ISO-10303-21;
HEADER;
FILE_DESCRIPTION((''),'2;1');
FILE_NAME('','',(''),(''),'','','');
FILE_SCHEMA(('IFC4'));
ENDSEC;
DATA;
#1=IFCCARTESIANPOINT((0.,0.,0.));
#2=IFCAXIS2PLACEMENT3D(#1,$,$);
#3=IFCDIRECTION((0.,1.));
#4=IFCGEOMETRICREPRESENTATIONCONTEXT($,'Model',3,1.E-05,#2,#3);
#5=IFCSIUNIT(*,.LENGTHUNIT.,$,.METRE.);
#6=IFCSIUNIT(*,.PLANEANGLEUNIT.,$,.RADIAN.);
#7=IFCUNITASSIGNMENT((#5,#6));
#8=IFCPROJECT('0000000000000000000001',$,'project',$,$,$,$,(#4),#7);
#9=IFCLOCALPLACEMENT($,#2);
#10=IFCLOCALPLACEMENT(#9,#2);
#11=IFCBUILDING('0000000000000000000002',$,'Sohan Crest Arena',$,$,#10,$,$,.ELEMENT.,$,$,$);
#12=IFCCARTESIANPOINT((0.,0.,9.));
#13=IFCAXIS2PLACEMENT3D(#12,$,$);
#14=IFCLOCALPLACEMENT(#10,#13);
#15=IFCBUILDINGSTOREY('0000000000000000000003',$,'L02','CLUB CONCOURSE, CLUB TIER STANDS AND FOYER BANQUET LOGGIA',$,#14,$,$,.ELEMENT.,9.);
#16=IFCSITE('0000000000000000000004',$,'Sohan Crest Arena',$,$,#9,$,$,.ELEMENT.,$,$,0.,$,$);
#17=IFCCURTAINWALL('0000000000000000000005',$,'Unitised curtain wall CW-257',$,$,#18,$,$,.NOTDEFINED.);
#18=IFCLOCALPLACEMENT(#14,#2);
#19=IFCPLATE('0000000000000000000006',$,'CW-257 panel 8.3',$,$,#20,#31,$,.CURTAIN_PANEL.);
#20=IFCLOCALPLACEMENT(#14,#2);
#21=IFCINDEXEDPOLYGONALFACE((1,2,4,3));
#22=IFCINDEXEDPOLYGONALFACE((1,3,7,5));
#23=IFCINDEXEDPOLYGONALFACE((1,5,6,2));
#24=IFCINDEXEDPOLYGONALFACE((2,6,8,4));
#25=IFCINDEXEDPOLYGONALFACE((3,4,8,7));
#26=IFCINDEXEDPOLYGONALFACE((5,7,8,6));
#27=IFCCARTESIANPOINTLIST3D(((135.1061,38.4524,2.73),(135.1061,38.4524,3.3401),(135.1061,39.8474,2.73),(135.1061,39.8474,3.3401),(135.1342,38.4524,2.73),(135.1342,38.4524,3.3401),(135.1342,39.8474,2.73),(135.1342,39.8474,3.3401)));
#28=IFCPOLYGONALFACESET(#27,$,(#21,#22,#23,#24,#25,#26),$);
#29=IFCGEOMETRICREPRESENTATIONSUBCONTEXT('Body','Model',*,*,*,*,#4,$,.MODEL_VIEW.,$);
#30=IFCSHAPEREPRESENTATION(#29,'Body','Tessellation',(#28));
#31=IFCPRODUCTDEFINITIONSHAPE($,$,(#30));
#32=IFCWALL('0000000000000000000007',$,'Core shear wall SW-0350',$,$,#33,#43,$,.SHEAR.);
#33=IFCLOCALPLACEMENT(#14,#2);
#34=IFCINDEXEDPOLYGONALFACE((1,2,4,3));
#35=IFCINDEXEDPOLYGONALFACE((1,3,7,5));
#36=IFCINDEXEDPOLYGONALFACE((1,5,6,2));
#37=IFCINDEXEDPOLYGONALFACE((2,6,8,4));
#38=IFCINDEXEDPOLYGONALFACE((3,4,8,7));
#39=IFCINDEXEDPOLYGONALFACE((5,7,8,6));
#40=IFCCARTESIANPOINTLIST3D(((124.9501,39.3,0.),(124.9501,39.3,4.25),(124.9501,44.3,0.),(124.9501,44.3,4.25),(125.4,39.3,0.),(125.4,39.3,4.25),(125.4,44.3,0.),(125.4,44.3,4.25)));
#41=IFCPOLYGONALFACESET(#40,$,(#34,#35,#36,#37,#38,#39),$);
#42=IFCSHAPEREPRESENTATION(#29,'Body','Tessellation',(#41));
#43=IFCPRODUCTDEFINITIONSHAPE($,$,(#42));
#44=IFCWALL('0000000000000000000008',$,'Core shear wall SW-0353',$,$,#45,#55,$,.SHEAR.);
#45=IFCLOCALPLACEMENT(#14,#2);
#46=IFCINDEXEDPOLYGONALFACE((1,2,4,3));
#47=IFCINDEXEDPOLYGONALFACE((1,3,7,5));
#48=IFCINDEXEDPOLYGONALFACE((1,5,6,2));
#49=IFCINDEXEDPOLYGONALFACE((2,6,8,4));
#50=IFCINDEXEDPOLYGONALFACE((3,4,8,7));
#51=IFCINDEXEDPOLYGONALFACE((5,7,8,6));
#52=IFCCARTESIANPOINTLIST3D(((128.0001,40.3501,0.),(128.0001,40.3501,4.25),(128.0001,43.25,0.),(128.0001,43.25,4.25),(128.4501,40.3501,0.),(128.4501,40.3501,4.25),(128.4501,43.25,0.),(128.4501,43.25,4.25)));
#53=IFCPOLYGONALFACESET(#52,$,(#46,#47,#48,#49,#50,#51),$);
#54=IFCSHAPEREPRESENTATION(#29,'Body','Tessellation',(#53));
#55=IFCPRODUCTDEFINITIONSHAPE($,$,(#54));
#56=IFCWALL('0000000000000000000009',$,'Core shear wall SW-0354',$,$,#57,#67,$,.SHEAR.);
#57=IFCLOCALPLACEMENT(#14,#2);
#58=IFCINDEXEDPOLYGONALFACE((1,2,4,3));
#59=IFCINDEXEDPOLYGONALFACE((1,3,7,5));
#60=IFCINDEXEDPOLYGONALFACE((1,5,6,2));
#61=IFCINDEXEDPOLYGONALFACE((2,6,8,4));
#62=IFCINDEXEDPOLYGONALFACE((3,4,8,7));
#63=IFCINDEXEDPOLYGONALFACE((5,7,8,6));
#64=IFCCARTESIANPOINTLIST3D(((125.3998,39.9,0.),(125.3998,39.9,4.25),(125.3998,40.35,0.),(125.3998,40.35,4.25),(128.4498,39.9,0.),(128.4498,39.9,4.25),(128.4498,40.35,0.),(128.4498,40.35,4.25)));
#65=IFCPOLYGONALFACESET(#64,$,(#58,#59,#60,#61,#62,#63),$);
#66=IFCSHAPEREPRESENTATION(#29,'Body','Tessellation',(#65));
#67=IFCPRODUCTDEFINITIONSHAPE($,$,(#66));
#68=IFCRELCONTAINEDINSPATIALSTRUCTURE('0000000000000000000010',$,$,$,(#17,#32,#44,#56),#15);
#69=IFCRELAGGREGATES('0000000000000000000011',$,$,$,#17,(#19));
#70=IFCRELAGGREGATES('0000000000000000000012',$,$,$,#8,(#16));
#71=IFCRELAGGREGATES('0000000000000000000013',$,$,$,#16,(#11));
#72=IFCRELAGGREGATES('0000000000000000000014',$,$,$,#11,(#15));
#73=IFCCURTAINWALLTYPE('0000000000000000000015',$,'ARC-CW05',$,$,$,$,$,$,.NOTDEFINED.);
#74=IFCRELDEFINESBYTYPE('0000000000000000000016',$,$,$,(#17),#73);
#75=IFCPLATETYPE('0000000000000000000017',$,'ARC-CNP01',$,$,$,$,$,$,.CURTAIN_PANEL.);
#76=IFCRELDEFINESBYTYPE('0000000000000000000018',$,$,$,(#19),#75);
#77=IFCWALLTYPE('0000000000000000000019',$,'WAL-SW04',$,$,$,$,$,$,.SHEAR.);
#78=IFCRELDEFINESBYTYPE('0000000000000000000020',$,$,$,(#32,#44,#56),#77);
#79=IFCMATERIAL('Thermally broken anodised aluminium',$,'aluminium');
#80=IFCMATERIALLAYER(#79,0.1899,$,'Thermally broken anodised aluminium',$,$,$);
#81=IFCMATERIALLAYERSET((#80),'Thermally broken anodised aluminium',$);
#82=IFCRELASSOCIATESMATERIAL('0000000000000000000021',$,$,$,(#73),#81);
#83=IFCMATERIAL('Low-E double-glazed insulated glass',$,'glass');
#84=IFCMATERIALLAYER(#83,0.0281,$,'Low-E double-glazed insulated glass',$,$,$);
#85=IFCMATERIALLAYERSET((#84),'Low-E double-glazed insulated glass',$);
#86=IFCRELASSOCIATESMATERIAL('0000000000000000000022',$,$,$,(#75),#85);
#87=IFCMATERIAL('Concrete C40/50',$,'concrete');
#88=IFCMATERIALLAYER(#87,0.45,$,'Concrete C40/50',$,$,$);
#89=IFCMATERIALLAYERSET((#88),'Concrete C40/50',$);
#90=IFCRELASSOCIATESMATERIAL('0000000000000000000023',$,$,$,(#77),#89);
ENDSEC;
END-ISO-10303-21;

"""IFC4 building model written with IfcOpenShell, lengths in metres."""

from ifc_helpers import new_model, si_unit, direction, frame, frame_2d, origin, origin_2d, place, context, subcontext, project, spatial, rectangle, extrude, material, layer, layer_set, type_object, element, aggregate, save


model = new_model("IFC4")

# Units and contexts
model_context = context("Model", 3, precision=1e-05, world=origin(), true_north=direction((0.0, 1.0)))
body_context = subcontext(model_context, "Body", "Model", "MODEL_VIEW")
ifc_project = project(units=[si_unit("LENGTHUNIT", "METRE"), si_unit("PLANEANGLEUNIT", "RADIAN")], contexts=[model_context])

# Site, building, storey
site_placement = place(None, origin())
site = spatial("IfcSite", under=ifc_project, at=site_placement, Name="Sohan Crest Arena", CompositionType="ELEMENT", RefElevation=0.0)
building_placement = place(site_placement, origin())
building = spatial("IfcBuilding", under=site, at=building_placement, Name="Sohan Crest Arena", CompositionType="ELEMENT")
storey_placement = place(building_placement, frame((0.0, 0.0, 9.0)))
storey = spatial("IfcBuildingStorey", under=building, at=storey_placement, Name="L02", Description="CLUB CONCOURSE, CLUB TIER STANDS AND FOYER BANQUET LOGGIA", CompositionType="ELEMENT", Elevation=9.0)

# Curtain wall
ifc_material_1 = material(Name="Thermally broken anodised aluminium", Category="aluminium")
ifc_layer_1 = layer(ifc_material_1, 0.1899, Name="Thermally broken anodised aluminium")
ifc_layer_set_1 = layer_set([ifc_layer_1], Name="Thermally broken anodised aluminium")
curtain_wall_type = type_object("IfcCurtainWallType", Name="ARC-CW05", PredefinedType="NOTDEFINED", material=ifc_layer_set_1)
curtain_wall_placement = place(storey_placement, origin())
curtain_wall = element("IfcCurtainWall", 1, at=curtain_wall_placement, inside=storey, type_object=curtain_wall_type, Name="Unitised curtain wall CW-257", PredefinedType="NOTDEFINED")

# Plate
ifc_material_2 = material(Name="Low-E double-glazed insulated glass", Category="glass")
ifc_layer_2 = layer(ifc_material_2, 0.0281, Name="Low-E double-glazed insulated glass")
ifc_layer_set_2 = layer_set([ifc_layer_2], Name="Low-E double-glazed insulated glass")
plate_type = type_object("IfcPlateType", Name="ARC-CNP01", PredefinedType="CURTAIN_PANEL", material=ifc_layer_set_2)
plate_1_placement = place(storey_placement, frame((135.1201, 39.1499, 2.73), z_axis=(0.0, 0.0, 1.0), x_axis=(0.0, 1.0, 0.0)))
plate_1 = element("IfcPlate", 2, at=plate_1_placement, type_object=plate_type, Name="CW-257 panel 8.3", PredefinedType="CURTAIN_PANEL", context=body_context, shape_type="SweptSolid", body=[
    extrude(rectangle(XDim=1.395, YDim=0.0281, at=origin_2d()), origin(), (0.0, 0.0, 1.0), 0.6101),
])
aggregate(curtain_wall, [plate_1])

# Walls
ifc_material_3 = material(Name="Concrete C40/50", Category="concrete")
ifc_layer_3 = layer(ifc_material_3, 0.45, Name="Concrete C40/50")
ifc_layer_set_3 = layer_set([ifc_layer_3], Name="Concrete C40/50")
wall_type = type_object("IfcWallType", Name="WAL-SW04", PredefinedType="SHEAR", material=ifc_layer_set_3)
wall_1_placement = place(storey_placement, frame((125.175, 39.3, 0.0), z_axis=(0.0, 0.0, 1.0), x_axis=(0.0, 1.0, 0.0)))
element("IfcWall", 3, at=wall_1_placement, inside=storey, type_object=wall_type, Name="Core shear wall SW-0350", PredefinedType="SHEAR", context=body_context, shape_type="SweptSolid", body=[
    extrude(rectangle(XDim=5.0, YDim=0.45, at=frame_2d((2.5, 0.0))), origin(), (0.0, 0.0, 1.0), 4.25),
])
wall_2_placement = place(storey_placement, frame((128.2251, 40.3501, 0.0), z_axis=(0.0, 0.0, 1.0), x_axis=(0.0, 1.0, 0.0)))
element("IfcWall", 4, at=wall_2_placement, inside=storey, type_object=wall_type, Name="Core shear wall SW-0353", PredefinedType="SHEAR", context=body_context, shape_type="SweptSolid", body=[
    extrude(rectangle(XDim=2.8999, YDim=0.45, at=frame_2d((1.45, 0.0))), origin(), (0.0, 0.0, 1.0), 4.25),
])
wall_3_placement = place(storey_placement, frame((125.3999, 40.125, 0.0), z_axis=(0.0, 0.0, 1.0), x_axis=(1.0, 0.0, 0.0)))
element("IfcWall", 5, at=wall_3_placement, inside=storey, type_object=wall_type, Name="Core shear wall SW-0354", PredefinedType="SHEAR", context=body_context, shape_type="SweptSolid", body=[
    extrude(rectangle(XDim=3.05, YDim=0.45, at=frame_2d((1.5249, 0.0))), origin(), (0.0, 0.0, 1.0), 4.25),
])

save(model, "model.ifc")
